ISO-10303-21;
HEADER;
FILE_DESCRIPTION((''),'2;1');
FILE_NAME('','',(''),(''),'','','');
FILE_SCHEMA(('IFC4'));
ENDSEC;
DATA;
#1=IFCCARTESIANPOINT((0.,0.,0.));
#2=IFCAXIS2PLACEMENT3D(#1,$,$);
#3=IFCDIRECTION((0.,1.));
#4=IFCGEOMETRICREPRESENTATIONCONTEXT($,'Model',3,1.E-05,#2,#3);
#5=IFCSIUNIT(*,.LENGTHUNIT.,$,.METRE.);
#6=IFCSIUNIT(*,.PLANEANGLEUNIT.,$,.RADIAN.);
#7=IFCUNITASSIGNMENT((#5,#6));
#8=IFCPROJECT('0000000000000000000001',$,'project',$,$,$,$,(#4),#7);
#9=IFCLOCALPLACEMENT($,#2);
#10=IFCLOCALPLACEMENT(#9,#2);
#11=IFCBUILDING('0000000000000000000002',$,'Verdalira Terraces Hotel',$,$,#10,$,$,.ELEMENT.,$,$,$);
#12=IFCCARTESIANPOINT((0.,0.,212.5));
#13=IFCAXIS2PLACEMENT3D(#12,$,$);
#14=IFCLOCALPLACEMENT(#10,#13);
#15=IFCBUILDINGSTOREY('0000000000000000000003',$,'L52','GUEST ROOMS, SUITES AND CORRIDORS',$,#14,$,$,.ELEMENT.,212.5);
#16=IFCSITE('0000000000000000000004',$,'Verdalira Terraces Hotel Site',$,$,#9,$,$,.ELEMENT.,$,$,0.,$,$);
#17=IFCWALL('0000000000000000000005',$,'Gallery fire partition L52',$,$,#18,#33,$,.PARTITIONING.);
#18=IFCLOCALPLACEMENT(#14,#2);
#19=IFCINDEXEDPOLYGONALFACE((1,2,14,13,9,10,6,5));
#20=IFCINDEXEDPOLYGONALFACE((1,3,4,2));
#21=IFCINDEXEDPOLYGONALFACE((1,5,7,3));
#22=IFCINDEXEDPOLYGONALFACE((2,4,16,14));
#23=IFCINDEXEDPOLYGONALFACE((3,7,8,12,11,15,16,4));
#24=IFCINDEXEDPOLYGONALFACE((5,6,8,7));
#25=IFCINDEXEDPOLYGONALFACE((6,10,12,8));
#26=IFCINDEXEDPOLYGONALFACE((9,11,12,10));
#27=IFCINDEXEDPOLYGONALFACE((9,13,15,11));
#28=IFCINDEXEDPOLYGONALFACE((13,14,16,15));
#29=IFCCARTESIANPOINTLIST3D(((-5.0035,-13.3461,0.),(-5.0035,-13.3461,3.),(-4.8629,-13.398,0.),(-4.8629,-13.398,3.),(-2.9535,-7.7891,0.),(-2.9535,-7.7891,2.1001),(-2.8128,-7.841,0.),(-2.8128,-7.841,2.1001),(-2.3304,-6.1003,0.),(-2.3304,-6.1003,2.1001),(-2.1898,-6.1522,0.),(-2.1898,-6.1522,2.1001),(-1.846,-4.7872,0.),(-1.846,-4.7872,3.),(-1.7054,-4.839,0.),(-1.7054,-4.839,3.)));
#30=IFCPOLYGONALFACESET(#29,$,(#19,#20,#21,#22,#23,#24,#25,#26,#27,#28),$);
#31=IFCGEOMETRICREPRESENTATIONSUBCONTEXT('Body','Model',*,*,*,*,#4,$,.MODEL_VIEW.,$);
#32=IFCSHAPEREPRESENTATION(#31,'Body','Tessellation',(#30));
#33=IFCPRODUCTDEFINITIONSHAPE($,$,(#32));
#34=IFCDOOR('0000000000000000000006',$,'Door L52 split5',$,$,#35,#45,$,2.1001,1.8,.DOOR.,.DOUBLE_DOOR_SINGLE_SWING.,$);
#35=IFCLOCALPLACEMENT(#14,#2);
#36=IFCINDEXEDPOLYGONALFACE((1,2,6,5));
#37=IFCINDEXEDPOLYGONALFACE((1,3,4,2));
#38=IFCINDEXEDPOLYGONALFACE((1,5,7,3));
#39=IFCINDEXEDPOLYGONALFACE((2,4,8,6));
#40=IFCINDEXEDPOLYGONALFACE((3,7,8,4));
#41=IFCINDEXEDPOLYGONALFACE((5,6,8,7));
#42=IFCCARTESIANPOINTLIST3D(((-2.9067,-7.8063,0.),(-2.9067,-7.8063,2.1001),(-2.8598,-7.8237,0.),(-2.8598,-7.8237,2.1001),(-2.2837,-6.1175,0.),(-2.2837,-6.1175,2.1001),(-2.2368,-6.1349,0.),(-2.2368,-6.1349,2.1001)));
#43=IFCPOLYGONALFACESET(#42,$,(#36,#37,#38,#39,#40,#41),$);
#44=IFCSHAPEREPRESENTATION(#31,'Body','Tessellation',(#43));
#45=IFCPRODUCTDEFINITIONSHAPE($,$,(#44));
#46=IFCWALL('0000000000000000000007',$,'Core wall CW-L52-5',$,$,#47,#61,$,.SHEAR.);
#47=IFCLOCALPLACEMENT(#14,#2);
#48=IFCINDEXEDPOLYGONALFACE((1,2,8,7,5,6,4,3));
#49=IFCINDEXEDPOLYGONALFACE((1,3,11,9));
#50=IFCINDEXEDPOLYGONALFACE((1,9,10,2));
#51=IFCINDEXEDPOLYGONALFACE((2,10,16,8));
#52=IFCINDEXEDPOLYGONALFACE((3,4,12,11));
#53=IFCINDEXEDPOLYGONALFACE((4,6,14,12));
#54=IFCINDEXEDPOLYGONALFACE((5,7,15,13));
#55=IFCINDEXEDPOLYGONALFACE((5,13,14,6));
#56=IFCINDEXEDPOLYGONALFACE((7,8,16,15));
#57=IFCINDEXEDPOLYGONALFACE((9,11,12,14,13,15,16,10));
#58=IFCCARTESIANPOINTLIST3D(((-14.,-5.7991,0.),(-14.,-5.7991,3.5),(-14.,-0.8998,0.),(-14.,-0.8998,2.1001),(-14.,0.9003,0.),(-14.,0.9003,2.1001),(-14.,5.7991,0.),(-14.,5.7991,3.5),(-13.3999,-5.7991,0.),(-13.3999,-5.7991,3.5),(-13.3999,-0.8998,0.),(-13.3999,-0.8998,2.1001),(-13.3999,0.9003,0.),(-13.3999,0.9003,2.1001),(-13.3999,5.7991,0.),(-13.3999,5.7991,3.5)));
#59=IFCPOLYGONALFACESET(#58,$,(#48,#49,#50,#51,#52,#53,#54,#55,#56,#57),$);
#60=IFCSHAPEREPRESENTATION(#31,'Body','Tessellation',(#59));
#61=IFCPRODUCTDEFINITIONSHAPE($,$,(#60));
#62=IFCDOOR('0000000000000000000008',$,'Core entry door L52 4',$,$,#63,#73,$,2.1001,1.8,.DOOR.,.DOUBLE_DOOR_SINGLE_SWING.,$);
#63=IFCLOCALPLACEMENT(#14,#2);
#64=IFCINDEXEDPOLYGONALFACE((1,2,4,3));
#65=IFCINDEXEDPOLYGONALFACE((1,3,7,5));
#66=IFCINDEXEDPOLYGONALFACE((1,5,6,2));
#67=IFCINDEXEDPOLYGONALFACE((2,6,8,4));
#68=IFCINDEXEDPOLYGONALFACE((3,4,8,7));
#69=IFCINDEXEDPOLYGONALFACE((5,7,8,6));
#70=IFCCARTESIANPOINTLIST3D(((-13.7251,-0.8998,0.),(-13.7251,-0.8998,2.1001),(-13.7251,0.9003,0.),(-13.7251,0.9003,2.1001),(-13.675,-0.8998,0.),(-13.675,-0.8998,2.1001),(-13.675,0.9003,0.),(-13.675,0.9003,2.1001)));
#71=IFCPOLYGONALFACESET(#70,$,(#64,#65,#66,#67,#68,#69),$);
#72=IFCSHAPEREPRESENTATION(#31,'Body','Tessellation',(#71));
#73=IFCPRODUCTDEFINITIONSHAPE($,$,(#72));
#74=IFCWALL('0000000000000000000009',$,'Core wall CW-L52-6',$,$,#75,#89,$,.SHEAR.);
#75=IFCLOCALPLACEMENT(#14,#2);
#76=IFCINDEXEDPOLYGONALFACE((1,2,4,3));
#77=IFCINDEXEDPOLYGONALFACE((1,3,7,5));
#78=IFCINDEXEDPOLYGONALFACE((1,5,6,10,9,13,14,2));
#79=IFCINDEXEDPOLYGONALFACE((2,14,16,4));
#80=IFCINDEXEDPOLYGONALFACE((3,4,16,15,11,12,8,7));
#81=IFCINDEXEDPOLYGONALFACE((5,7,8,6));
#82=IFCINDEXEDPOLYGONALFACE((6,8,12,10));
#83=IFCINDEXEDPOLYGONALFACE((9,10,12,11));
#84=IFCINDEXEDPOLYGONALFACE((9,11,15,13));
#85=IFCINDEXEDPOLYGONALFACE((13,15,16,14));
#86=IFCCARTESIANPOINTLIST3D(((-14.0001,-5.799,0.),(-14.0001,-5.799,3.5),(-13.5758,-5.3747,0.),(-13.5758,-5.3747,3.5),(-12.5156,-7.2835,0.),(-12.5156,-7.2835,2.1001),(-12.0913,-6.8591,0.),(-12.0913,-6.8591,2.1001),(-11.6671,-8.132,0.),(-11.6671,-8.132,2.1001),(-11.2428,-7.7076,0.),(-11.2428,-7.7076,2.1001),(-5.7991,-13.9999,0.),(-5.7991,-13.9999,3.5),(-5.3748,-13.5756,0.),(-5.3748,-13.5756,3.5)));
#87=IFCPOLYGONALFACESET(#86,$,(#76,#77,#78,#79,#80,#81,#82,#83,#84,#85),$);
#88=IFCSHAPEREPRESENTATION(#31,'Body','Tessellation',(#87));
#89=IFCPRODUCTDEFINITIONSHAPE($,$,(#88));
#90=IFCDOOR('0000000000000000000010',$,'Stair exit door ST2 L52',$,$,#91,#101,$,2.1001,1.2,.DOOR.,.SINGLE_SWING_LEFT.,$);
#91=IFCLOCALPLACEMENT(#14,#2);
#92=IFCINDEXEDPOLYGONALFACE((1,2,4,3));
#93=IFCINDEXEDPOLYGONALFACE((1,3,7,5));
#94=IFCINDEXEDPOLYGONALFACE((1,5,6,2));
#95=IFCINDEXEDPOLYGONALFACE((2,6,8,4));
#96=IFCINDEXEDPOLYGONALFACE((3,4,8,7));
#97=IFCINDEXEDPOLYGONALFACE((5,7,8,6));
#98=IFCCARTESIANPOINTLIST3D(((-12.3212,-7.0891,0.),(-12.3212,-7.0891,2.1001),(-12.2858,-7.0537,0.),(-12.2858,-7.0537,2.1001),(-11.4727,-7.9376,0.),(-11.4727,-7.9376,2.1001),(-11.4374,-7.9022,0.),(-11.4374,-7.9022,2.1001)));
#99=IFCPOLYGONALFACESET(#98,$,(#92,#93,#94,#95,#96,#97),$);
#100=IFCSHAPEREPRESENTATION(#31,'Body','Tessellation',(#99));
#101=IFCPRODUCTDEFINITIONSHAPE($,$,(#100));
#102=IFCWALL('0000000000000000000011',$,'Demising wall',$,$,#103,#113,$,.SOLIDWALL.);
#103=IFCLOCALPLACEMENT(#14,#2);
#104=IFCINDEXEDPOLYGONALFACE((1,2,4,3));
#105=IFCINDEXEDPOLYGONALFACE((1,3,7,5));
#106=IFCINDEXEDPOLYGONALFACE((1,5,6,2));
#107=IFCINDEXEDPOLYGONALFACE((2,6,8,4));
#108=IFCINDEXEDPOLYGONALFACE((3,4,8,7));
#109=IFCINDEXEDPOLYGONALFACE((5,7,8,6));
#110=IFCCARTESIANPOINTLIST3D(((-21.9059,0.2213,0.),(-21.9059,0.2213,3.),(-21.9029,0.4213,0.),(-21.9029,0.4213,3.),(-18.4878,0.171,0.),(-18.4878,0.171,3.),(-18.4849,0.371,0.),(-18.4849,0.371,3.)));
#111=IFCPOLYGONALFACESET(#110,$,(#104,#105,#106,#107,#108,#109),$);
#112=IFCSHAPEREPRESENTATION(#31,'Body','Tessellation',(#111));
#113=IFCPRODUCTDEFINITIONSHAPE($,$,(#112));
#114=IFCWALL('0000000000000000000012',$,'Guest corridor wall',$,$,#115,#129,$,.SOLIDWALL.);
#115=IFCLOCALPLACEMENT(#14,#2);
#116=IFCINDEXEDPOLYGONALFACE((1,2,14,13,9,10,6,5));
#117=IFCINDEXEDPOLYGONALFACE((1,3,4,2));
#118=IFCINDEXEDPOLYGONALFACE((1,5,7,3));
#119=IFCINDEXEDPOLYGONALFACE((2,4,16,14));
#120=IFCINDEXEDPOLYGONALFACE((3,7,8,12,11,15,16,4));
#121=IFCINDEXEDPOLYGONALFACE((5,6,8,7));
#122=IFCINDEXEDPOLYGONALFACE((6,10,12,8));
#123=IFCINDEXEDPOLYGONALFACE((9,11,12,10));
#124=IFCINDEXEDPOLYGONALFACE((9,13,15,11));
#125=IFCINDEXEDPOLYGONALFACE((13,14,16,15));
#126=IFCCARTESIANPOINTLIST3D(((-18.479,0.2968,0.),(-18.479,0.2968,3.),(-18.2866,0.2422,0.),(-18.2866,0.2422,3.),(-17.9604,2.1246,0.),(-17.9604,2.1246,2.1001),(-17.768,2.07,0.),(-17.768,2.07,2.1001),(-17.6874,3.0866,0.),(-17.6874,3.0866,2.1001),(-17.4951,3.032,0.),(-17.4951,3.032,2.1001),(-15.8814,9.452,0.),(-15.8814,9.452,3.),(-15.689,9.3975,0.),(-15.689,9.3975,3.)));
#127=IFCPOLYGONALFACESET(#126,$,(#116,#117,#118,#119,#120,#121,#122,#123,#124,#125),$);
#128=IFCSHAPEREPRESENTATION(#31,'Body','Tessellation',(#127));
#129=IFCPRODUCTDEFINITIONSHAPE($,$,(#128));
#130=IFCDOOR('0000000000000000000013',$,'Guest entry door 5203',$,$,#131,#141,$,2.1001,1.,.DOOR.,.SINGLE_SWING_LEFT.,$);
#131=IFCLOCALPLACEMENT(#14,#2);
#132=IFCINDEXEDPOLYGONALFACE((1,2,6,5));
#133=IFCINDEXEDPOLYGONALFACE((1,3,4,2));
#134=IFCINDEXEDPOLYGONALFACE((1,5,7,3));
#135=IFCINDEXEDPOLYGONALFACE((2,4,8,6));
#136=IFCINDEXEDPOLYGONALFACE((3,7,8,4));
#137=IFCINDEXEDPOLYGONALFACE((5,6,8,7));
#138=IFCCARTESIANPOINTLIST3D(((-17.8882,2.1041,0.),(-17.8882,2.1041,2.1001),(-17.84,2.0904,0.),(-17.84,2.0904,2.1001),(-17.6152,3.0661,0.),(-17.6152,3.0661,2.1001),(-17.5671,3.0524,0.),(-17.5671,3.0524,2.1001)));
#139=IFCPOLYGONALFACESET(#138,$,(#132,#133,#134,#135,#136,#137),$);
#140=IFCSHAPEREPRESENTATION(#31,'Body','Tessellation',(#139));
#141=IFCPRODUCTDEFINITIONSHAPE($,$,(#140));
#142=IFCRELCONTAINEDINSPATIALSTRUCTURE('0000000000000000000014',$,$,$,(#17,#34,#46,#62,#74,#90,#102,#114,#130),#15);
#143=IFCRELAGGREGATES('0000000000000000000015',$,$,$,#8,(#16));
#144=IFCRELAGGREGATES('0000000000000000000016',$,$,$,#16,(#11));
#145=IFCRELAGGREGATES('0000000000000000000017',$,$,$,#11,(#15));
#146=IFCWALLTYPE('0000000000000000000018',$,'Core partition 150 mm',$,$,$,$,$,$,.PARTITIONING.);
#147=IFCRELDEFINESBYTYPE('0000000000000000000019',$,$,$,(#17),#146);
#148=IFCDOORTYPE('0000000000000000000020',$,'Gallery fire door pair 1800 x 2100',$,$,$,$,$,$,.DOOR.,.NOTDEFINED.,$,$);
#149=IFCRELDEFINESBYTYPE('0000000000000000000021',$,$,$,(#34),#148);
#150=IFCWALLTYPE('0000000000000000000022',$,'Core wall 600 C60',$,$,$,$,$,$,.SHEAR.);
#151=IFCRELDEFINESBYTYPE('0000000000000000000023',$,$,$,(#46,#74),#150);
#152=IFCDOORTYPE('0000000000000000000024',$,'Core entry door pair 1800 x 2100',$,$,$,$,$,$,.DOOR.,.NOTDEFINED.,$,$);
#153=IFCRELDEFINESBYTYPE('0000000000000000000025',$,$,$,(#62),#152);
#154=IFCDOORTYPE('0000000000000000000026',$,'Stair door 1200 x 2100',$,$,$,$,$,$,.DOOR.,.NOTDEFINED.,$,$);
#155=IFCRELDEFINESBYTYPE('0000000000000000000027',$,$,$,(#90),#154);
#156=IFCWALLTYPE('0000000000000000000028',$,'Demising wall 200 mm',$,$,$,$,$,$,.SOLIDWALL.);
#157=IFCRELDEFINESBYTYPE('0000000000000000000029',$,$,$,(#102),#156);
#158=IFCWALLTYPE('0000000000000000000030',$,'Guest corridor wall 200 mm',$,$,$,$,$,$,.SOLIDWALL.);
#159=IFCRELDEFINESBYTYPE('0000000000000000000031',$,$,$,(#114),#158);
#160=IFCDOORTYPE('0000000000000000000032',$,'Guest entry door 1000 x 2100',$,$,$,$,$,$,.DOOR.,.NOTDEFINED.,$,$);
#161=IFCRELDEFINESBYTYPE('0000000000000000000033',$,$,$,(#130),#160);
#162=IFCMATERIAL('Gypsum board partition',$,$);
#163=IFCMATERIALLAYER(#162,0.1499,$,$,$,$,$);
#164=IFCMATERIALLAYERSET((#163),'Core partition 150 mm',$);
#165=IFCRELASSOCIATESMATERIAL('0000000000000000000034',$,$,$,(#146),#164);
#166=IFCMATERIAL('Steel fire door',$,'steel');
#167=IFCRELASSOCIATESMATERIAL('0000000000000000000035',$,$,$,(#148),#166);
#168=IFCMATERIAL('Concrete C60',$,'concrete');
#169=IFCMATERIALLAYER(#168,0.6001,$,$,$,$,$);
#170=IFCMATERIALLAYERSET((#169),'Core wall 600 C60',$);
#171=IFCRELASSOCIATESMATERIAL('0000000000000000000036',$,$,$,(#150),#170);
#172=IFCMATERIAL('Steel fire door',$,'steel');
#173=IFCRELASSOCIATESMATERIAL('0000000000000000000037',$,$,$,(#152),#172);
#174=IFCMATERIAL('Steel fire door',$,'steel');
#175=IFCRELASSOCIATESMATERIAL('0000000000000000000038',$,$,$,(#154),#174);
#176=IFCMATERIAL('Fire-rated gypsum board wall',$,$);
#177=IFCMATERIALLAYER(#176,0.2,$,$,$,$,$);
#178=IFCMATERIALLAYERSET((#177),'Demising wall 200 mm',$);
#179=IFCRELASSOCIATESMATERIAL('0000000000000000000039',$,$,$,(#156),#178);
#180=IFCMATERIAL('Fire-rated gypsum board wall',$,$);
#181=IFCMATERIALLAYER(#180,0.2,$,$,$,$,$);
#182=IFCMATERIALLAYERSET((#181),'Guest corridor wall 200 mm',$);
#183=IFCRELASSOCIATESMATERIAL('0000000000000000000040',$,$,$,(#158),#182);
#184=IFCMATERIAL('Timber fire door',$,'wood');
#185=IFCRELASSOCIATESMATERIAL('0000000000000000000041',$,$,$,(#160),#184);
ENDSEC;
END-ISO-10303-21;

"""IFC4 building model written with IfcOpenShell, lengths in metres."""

from ifc_helpers import new_model, si_unit, direction, frame, frame_2d, origin, place, context, subcontext, project, spatial, rectangle, extrude, material, layer, layer_set, type_object, element, fill, save


model = new_model("IFC4")

# Units and contexts
model_context = context("Model", 3, precision=1e-05, world=origin(), true_north=direction((0.0, 1.0)))
body_context = subcontext(model_context, "Body", "Model", "MODEL_VIEW")
ifc_project = project(units=[si_unit("LENGTHUNIT", "METRE"), si_unit("PLANEANGLEUNIT", "RADIAN")], contexts=[model_context])

# Site, building, storey
site_placement = place(None, origin())
site = spatial("IfcSite", under=ifc_project, at=site_placement, Name="Verdalira Terraces Hotel Site", CompositionType="ELEMENT", RefElevation=0.0)
building_placement = place(site_placement, origin())
building = spatial("IfcBuilding", under=site, at=building_placement, Name="Verdalira Terraces Hotel", CompositionType="ELEMENT")
storey_placement = place(building_placement, frame((0.0, 0.0, 212.5)))
storey = spatial("IfcBuildingStorey", under=building, at=storey_placement, Name="L52", Description="GUEST ROOMS, SUITES AND CORRIDORS", CompositionType="ELEMENT", Elevation=212.5)

# Walls, openings, doors
ifc_material_1 = material(Name="Gypsum board partition")
ifc_layer_1 = layer(ifc_material_1, 0.1499)
ifc_layer_set_1 = layer_set([ifc_layer_1], Name="Core partition 150 mm")
wall_type_1 = type_object("IfcWallType", Name="Core partition 150 mm", PredefinedType="PARTITIONING", material=ifc_layer_set_1)
wall_1_placement = place(storey_placement, frame((-1.7756, -4.813, 0.0), z_axis=(0.0, 0.0, 1.0), x_axis=(-0.346112, -0.938193, 0.0)))
wall_1 = element("IfcWall", 1, at=wall_1_placement, inside=storey, type_object=wall_type_1, Name="Gallery fire partition L52", PredefinedType="PARTITIONING", context=body_context, shape_type="SweptSolid", body=[
    extrude(rectangle(XDim=9.1228, YDim=0.1499, at=frame_2d((4.5615, 0.0))), origin(), (0.0, 0.0, 1.0), 3.0),
])
opening_1_placement = place(wall_1_placement, frame((1.3999, 0.0, 0.0)))
opening_1 = element("IfcOpeningElement", 2, at=opening_1_placement, cuts=wall_1, PredefinedType="OPENING", context=body_context, shape_type="SweptSolid", body=[
    extrude(rectangle(XDim=1.8, YDim=2.1001, at=frame_2d((0.8999, 1.05))), frame((0.0, 0.085, 0.0), z_axis=(0.0, -1.0, 0.0), x_axis=(1.0, 0.0, 0.0)), (0.0, 0.0, 1.0), 0.1699),
])
ifc_material_2 = material(Name="Steel fire door", Category="steel")
door_type_1 = type_object("IfcDoorType", Name="Gallery fire door pair 1800 x 2100", OperationType="NOTDEFINED", PredefinedType="DOOR", material=ifc_material_2)
door_1_placement = place(opening_1_placement, origin())
door_1 = element("IfcDoor", 3, at=door_1_placement, inside=storey, type_object=door_type_1, Name="Door L52 split5", OperationType="DOUBLE_DOOR_SINGLE_SWING", OverallHeight=2.1001, OverallWidth=1.8, PredefinedType="DOOR", context=body_context, shape_type="SweptSolid", body=[
    extrude(rectangle(XDim=1.8, YDim=2.1001, at=frame_2d((0.8999, 1.05))), frame((0.0, 0.0249, 0.0), z_axis=(0.0, -1.0, 0.0), x_axis=(1.0, 0.0, 0.0)), (0.0, 0.0, 1.0), 0.05),
])
fill(opening_1, door_1)
ifc_material_3 = material(Name="Concrete C60", Category="concrete")
ifc_layer_2 = layer(ifc_material_3, 0.6001)
ifc_layer_set_2 = layer_set([ifc_layer_2], Name="Core wall 600 C60")
wall_type_2 = type_object("IfcWallType", Name="Core wall 600 C60", PredefinedType="SHEAR", material=ifc_layer_set_2)
wall_2_placement = place(storey_placement, frame((-13.7, 5.7991, 0.0), z_axis=(0.0, 0.0, 1.0), x_axis=(0.0, -1.0, 0.0)))
wall_2 = element("IfcWall", 4, at=wall_2_placement, inside=storey, type_object=wall_type_2, Name="Core wall CW-L52-5", PredefinedType="SHEAR", context=body_context, shape_type="SweptSolid", body=[
    extrude(rectangle(XDim=11.5981, YDim=0.6001, at=frame_2d((5.7991, 0.0))), origin(), (0.0, 0.0, 1.0), 3.5),
])
opening_2_placement = place(wall_2_placement, frame((4.8989, 0.0, 0.0)))
opening_2 = element("IfcOpeningElement", 5, at=opening_2_placement, cuts=wall_2, PredefinedType="OPENING", context=body_context, shape_type="SweptSolid", body=[
    extrude(rectangle(XDim=1.8, YDim=2.1001, at=frame_2d((0.8999, 1.05))), frame((0.0, 0.3101, 0.0), z_axis=(0.0, -1.0, 0.0), x_axis=(1.0, 0.0, 0.0)), (0.0, 0.0, 1.0), 0.6201),
])
ifc_material_4 = material(Name="Steel fire door", Category="steel")
door_type_2 = type_object("IfcDoorType", Name="Core entry door pair 1800 x 2100", OperationType="NOTDEFINED", PredefinedType="DOOR", material=ifc_material_4)
door_2_placement = place(opening_2_placement, origin())
door_2 = element("IfcDoor", 6, at=door_2_placement, inside=storey, type_object=door_type_2, Name="Core entry door L52 4", OperationType="DOUBLE_DOOR_SINGLE_SWING", OverallHeight=2.1001, OverallWidth=1.8, PredefinedType="DOOR", context=body_context, shape_type="SweptSolid", body=[
    extrude(rectangle(XDim=1.8, YDim=2.1001, at=frame_2d((0.8999, 1.05))), frame((0.0, 0.0249, 0.0), z_axis=(0.0, -1.0, 0.0), x_axis=(1.0, 0.0, 0.0)), (0.0, 0.0, 1.0), 0.05),
])
fill(opening_2, door_2)
wall_3_placement = place(storey_placement, frame((-13.7878, -5.5869, 0.0), z_axis=(0.0, 0.0, 1.0), x_axis=(0.707107, -0.707107, 0.0)))
wall_3 = element("IfcWall", 7, at=wall_3_placement, inside=storey, type_object=wall_type_2, Name="Core wall CW-L52-6", PredefinedType="SHEAR", context=body_context, shape_type="SweptSolid", body=[
    extrude(rectangle(XDim=11.5979, YDim=0.6001, at=frame_2d((5.7988, 0.0))), origin(), (0.0, 0.0, 1.0), 3.5),
])
opening_3_placement = place(wall_3_placement, frame((2.0991, 0.0, 0.0)))
opening_3 = element("IfcOpeningElement", 8, at=opening_3_placement, cuts=wall_3, PredefinedType="OPENING", context=body_context, shape_type="SweptSolid", body=[
    extrude(rectangle(XDim=1.2, YDim=2.1001, at=frame_2d((0.6001, 1.05))), frame((0.0, 0.3101, 0.0), z_axis=(0.0, -1.0, 0.0), x_axis=(1.0, 0.0, 0.0)), (0.0, 0.0, 1.0), 0.6201),
])
ifc_material_5 = material(Name="Steel fire door", Category="steel")
door_type_3 = type_object("IfcDoorType", Name="Stair door 1200 x 2100", OperationType="NOTDEFINED", PredefinedType="DOOR", material=ifc_material_5)
door_3_placement = place(opening_3_placement, origin())
door_3 = element("IfcDoor", 9, at=door_3_placement, inside=storey, type_object=door_type_3, Name="Stair exit door ST2 L52", OperationType="SINGLE_SWING_LEFT", OverallHeight=2.1001, OverallWidth=1.2, PredefinedType="DOOR", context=body_context, shape_type="SweptSolid", body=[
    extrude(rectangle(XDim=1.2, YDim=2.1001, at=frame_2d((0.6001, 1.05))), frame((0.0, 0.0249, 0.0), z_axis=(0.0, -1.0, 0.0), x_axis=(1.0, 0.0, 0.0)), (0.0, 0.0, 1.0), 0.05),
])
fill(opening_3, door_3)

# Wall
ifc_material_6 = material(Name="Fire-rated gypsum board wall")
ifc_layer_3 = layer(ifc_material_6, 0.2)
ifc_layer_set_3 = layer_set([ifc_layer_3], Name="Demising wall 200 mm")
wall_type_3 = type_object("IfcWallType", Name="Demising wall 200 mm", PredefinedType="SOLIDWALL", material=ifc_layer_set_3)
wall_4_placement = place(storey_placement, frame((-18.4863, 0.271, 0.0), z_axis=(0.0, 0.0, 1.0), x_axis=(-0.999892, 0.014713, 0.0)))
element("IfcWall", 10, at=wall_4_placement, inside=storey, type_object=wall_type_3, Name="Demising wall", PredefinedType="SOLIDWALL", context=body_context, shape_type="SweptSolid", body=[
    extrude(rectangle(XDim=3.4185, YDim=0.2, at=frame_2d((1.7092, 0.0))), origin(), (0.0, 0.0, 1.0), 3.0),
])

# Wall, opening, door
ifc_material_7 = material(Name="Fire-rated gypsum board wall")
ifc_layer_4 = layer(ifc_material_7, 0.2)
ifc_layer_set_4 = layer_set([ifc_layer_4], Name="Guest corridor wall 200 mm")
wall_type_4 = type_object("IfcWallType", Name="Guest corridor wall 200 mm", PredefinedType="SOLIDWALL", material=ifc_layer_set_4)
wall_5_placement = place(storey_placement, frame((-18.3828, 0.2695, 0.0), z_axis=(0.0, 0.0, 1.0), x_axis=(0.272959, 0.962026, 0.0)))
wall_5 = element("IfcWall", 11, at=wall_5_placement, inside=storey, type_object=wall_type_4, Name="Guest corridor wall", PredefinedType="SOLIDWALL", context=body_context, shape_type="SweptSolid", body=[
    extrude(rectangle(XDim=9.5166, YDim=0.2, at=frame_2d((4.7583, 0.0))), origin(), (0.0, 0.0, 1.0), 3.0),
])
opening_4_placement = place(wall_5_placement, frame((1.8999, 0.0, 0.0)))
opening_4 = element("IfcOpeningElement", 12, at=opening_4_placement, cuts=wall_5, PredefinedType="OPENING", context=body_context, shape_type="SweptSolid", body=[
    extrude(rectangle(XDim=1.0, YDim=2.1001, at=frame_2d((0.5, 1.05))), frame((0.0, 0.1099, 0.0), z_axis=(0.0, -1.0, 0.0), x_axis=(1.0, 0.0, 0.0)), (0.0, 0.0, 1.0), 0.22),
])
ifc_material_8 = material(Name="Timber fire door", Category="wood")
door_type_4 = type_object("IfcDoorType", Name="Guest entry door 1000 x 2100", OperationType="NOTDEFINED", PredefinedType="DOOR", material=ifc_material_8)
door_4_placement = place(opening_4_placement, origin())
door_4 = element("IfcDoor", 13, at=door_4_placement, inside=storey, type_object=door_type_4, Name="Guest entry door 5203", OperationType="SINGLE_SWING_LEFT", OverallHeight=2.1001, OverallWidth=1.0, PredefinedType="DOOR", context=body_context, shape_type="SweptSolid", body=[
    extrude(rectangle(XDim=1.0, YDim=2.1001, at=frame_2d((0.5, 1.05))), frame((0.0, 0.0249, 0.0), z_axis=(0.0, -1.0, 0.0), x_axis=(1.0, 0.0, 0.0)), (0.0, 0.0, 1.0), 0.05),
])
fill(opening_4, door_4)

save(model, "model.ifc")
